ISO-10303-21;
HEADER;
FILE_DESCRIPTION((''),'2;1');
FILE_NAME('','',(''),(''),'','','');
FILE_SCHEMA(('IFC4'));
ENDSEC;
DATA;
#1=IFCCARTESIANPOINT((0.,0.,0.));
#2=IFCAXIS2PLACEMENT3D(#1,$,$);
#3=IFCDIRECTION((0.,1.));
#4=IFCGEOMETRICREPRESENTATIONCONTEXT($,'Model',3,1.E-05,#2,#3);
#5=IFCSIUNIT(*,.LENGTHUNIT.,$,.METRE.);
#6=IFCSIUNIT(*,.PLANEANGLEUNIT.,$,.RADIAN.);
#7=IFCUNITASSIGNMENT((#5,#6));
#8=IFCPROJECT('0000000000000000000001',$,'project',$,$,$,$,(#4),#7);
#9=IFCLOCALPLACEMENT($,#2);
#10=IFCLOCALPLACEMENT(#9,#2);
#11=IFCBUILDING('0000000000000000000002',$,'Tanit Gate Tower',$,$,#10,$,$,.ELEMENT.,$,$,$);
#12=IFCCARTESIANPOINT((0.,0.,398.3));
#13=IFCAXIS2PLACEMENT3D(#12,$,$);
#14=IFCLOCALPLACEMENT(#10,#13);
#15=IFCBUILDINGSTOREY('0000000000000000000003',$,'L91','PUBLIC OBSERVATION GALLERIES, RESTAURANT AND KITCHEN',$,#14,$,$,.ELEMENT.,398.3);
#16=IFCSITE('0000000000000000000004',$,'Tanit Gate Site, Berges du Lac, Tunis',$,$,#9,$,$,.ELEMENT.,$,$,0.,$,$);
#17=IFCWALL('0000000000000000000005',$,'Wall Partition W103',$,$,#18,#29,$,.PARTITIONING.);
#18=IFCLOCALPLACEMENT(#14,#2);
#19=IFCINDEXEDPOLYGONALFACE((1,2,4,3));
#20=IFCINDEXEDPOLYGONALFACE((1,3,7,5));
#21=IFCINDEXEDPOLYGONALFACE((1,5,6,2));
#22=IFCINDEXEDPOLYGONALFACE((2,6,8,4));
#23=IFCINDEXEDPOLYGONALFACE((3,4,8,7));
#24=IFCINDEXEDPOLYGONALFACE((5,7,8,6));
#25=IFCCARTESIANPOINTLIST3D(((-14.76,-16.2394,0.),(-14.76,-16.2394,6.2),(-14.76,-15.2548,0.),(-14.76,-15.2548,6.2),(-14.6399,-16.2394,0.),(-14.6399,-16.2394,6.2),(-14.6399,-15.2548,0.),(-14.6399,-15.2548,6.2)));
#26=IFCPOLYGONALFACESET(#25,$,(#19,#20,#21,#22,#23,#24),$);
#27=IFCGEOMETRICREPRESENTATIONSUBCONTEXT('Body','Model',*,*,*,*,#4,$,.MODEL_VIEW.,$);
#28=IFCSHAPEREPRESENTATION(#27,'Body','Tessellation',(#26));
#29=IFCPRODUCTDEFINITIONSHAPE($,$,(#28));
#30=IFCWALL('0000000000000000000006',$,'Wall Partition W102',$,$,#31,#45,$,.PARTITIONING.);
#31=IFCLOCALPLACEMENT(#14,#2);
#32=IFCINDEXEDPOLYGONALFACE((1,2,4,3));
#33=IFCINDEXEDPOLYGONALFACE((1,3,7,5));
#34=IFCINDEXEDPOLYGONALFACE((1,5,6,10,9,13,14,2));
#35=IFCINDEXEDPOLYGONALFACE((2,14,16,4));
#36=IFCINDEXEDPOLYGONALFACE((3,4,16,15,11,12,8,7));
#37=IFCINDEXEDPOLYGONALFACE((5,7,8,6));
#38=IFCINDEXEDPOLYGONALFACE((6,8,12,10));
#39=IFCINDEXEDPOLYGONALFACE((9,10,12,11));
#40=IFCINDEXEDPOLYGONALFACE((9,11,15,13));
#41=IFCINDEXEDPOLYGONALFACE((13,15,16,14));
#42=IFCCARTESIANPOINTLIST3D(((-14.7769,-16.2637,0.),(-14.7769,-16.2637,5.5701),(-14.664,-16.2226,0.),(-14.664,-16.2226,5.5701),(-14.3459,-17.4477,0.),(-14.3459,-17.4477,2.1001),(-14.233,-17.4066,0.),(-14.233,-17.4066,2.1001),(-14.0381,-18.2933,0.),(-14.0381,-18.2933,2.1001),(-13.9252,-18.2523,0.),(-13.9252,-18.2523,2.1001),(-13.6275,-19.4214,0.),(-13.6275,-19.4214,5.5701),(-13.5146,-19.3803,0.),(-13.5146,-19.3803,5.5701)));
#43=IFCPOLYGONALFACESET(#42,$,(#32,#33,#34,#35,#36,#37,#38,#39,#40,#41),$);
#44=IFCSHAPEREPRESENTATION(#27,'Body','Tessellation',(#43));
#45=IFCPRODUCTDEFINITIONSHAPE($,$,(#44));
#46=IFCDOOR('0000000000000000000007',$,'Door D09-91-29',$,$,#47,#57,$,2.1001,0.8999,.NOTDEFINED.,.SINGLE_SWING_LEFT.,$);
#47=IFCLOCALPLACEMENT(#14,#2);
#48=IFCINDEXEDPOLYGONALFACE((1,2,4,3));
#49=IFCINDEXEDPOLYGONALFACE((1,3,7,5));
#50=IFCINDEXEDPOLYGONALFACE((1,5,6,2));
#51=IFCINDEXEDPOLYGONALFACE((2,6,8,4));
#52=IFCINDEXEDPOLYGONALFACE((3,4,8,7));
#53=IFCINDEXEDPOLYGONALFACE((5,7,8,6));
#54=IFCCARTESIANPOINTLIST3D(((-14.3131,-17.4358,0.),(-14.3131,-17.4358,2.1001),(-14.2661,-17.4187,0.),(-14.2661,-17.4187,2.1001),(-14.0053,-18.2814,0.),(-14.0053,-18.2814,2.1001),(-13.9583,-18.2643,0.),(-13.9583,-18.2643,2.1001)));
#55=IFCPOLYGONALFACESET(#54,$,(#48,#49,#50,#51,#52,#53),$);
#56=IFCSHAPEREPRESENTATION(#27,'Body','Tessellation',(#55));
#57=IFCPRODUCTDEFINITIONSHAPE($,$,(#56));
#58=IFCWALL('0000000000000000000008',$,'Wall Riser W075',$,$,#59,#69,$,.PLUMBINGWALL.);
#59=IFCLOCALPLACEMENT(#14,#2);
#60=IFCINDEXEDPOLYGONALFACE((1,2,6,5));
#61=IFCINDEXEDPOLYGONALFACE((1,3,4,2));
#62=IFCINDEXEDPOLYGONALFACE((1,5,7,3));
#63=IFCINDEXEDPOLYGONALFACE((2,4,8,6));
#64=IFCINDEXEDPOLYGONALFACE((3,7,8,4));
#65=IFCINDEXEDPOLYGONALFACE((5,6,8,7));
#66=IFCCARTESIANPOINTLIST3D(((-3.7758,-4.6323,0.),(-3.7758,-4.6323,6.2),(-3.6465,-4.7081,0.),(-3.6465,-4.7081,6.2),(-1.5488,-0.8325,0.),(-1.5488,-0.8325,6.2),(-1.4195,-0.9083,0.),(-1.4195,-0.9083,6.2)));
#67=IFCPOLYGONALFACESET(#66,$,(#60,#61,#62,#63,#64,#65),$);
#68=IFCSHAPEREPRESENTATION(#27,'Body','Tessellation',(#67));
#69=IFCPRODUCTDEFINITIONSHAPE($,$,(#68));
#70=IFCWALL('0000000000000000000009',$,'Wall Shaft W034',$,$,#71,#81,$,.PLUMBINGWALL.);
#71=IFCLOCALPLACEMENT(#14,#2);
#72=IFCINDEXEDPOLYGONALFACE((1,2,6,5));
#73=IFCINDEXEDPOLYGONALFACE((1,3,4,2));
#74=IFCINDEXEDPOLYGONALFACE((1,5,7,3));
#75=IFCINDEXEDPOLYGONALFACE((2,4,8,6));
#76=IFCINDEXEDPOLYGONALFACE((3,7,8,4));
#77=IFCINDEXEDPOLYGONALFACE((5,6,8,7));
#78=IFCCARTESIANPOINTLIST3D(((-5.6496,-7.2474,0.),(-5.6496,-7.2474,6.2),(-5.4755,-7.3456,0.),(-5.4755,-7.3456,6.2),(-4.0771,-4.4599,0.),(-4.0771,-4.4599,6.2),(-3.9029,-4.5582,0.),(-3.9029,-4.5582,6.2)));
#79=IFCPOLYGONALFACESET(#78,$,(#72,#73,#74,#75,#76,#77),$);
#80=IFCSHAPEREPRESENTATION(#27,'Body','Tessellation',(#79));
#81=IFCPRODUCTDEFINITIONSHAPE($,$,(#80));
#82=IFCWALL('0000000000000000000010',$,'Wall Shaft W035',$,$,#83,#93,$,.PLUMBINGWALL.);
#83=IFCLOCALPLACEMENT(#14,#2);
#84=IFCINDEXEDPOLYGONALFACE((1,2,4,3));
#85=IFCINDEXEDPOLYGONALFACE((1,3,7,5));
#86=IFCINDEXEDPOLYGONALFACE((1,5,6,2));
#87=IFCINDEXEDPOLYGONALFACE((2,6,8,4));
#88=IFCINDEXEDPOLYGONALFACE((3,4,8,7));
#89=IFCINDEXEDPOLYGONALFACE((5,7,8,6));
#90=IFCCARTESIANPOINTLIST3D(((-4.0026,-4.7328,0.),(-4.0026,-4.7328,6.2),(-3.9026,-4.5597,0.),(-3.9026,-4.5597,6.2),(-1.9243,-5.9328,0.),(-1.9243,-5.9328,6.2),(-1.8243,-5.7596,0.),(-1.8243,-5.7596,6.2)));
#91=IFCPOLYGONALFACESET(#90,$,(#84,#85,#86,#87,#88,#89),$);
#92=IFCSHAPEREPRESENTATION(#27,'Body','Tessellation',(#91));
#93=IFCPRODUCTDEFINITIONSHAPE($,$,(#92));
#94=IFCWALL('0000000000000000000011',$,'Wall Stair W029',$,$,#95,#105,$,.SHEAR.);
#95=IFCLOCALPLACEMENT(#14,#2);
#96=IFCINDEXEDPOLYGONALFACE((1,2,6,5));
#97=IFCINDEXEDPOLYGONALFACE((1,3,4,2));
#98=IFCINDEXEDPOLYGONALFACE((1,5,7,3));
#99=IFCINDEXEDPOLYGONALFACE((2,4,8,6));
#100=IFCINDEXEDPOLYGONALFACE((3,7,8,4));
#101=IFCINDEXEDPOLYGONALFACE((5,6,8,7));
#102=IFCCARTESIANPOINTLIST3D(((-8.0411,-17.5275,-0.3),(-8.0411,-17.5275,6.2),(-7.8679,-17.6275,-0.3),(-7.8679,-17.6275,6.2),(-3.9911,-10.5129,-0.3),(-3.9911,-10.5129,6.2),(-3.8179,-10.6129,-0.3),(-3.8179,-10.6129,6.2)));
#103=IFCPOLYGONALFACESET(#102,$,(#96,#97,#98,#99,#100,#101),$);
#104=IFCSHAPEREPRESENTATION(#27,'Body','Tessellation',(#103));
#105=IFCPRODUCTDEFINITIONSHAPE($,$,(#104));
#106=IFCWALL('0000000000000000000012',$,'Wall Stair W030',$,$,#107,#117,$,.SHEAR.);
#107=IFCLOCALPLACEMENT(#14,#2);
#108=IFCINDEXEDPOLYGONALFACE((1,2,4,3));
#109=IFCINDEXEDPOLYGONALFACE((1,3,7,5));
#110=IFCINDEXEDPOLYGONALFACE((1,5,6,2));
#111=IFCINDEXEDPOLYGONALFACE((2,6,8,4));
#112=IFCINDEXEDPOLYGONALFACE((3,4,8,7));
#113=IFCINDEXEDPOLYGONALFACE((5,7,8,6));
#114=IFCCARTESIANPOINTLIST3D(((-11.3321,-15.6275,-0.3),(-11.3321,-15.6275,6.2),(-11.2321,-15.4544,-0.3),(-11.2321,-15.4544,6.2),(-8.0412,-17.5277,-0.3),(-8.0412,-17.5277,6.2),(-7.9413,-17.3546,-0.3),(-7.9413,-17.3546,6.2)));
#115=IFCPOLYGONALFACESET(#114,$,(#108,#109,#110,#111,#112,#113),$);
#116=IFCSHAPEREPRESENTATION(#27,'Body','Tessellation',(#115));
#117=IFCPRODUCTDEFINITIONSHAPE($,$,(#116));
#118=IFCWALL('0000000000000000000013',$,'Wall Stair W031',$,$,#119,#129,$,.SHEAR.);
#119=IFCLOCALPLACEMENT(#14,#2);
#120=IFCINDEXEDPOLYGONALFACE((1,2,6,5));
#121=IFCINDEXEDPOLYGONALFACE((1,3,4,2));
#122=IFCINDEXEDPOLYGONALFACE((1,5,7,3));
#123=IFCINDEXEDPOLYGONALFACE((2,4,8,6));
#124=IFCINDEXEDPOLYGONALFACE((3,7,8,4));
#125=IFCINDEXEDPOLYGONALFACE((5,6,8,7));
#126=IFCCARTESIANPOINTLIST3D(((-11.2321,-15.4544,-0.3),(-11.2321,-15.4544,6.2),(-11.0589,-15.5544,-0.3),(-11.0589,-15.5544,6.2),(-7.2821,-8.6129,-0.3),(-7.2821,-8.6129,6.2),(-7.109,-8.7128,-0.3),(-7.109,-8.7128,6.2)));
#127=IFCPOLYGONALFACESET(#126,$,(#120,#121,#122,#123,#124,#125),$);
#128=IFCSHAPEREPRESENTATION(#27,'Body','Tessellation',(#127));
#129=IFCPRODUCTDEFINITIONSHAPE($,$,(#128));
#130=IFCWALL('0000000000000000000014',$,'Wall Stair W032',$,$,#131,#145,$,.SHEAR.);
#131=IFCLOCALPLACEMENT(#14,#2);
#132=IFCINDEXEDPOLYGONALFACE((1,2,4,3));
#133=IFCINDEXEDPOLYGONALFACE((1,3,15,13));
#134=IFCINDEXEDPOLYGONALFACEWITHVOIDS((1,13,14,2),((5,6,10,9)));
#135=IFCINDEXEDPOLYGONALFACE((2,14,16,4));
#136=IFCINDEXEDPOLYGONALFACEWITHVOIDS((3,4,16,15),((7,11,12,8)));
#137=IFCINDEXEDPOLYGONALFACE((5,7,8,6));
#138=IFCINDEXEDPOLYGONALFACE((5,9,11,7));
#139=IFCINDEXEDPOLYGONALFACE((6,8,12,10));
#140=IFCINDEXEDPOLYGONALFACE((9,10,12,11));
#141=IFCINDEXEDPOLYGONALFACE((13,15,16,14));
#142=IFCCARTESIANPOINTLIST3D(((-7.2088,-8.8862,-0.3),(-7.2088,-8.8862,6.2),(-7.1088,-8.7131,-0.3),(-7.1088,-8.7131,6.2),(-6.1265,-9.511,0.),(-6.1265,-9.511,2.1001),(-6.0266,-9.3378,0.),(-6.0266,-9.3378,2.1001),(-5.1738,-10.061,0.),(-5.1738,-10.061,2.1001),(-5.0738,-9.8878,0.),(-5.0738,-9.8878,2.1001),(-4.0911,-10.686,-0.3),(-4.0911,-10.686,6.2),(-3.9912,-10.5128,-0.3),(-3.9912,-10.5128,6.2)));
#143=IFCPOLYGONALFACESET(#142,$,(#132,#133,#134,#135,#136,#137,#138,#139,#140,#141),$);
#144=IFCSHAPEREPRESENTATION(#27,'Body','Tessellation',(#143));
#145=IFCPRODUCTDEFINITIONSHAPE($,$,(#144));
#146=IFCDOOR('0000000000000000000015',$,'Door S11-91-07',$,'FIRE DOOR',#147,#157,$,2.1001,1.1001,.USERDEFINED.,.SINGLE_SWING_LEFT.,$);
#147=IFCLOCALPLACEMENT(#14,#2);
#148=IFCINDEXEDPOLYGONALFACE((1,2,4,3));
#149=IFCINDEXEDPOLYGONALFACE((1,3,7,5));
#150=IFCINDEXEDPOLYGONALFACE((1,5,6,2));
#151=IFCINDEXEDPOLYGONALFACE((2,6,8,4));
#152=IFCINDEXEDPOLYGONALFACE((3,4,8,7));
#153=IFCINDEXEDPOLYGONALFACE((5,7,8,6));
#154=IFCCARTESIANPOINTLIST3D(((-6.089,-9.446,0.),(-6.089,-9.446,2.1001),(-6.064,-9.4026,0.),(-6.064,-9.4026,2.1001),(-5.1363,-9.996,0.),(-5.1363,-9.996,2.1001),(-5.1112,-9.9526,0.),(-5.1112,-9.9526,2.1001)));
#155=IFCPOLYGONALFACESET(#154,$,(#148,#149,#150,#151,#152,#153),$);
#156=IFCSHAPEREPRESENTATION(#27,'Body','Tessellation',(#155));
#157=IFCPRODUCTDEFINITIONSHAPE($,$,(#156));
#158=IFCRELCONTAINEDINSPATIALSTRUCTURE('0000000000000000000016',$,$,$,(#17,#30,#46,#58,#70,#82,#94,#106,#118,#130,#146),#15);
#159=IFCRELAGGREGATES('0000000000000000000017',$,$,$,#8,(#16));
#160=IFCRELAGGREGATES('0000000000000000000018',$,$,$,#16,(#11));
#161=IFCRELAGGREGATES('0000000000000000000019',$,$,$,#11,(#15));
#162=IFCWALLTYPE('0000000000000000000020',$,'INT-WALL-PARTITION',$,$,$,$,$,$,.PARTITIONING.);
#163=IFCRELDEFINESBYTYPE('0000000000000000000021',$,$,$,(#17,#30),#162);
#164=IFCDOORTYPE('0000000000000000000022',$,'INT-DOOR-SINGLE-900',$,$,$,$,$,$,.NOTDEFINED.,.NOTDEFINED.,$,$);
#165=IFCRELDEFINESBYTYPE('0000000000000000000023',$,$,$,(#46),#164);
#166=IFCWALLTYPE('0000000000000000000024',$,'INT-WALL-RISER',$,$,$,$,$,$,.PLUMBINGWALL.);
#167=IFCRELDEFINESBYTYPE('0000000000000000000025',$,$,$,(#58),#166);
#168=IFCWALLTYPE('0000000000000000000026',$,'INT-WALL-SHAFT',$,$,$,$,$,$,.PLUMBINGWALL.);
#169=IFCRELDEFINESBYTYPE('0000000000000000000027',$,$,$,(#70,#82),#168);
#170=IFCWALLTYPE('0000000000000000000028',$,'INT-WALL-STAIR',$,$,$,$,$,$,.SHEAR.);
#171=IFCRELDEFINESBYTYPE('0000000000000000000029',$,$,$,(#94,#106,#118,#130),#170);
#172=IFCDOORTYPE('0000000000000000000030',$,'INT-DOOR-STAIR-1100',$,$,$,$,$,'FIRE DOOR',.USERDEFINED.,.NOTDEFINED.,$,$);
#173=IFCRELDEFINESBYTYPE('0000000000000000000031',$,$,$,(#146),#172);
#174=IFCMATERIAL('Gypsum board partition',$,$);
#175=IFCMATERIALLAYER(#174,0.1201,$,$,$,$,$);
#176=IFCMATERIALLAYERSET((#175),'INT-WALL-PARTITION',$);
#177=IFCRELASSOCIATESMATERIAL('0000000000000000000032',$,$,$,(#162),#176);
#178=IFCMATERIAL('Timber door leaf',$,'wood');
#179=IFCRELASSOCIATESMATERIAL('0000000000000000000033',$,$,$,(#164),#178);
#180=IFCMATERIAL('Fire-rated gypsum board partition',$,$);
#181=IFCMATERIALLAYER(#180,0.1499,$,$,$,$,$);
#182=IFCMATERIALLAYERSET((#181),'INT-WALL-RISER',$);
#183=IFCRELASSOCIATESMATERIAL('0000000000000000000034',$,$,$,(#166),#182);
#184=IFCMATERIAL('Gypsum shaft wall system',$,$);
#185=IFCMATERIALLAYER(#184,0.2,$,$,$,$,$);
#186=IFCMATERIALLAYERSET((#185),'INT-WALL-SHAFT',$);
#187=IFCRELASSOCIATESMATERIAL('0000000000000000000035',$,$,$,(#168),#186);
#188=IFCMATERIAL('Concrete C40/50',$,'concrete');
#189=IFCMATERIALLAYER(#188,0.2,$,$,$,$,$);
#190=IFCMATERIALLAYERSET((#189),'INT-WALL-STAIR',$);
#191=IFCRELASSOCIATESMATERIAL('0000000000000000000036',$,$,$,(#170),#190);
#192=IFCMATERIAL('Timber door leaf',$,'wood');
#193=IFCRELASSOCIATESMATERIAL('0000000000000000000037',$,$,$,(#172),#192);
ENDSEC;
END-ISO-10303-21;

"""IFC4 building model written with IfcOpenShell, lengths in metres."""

from ifc_helpers import new_model, si_unit, direction, frame, frame_2d, origin, place, context, subcontext, project, spatial, rectangle, extrude, material, layer, layer_set, type_object, element, fill, save


model = new_model("IFC4")

# Units and contexts
model_context = context("Model", 3, precision=1e-05, world=origin(), true_north=direction((0.0, 1.0)))
body_context = subcontext(model_context, "Body", "Model", "MODEL_VIEW")
ifc_project = project(units=[si_unit("LENGTHUNIT", "METRE"), si_unit("PLANEANGLEUNIT", "RADIAN")], contexts=[model_context])

# Site, building, storey
site_placement = place(None, origin())
site = spatial("IfcSite", under=ifc_project, at=site_placement, Name="Tanit Gate Site, Berges du Lac, Tunis", CompositionType="ELEMENT", RefElevation=0.0)
building_placement = place(site_placement, origin())
building = spatial("IfcBuilding", under=site, at=building_placement, Name="Tanit Gate Tower", CompositionType="ELEMENT")
storey_placement = place(building_placement, frame((0.0, 0.0, 398.3)))
storey = spatial("IfcBuildingStorey", under=building, at=storey_placement, Name="L91", Description="PUBLIC OBSERVATION GALLERIES, RESTAURANT AND KITCHEN", CompositionType="ELEMENT", Elevation=398.3)

# Shared definitions
ifc_material_1 = material(Name="Gypsum board partition")
ifc_layer_1 = layer(ifc_material_1, 0.1201)
ifc_layer_set_1 = layer_set([ifc_layer_1], Name="INT-WALL-PARTITION")
wall_type_1 = type_object("IfcWallType", Name="INT-WALL-PARTITION", PredefinedType="PARTITIONING", material=ifc_layer_set_1)
ifc_material_2 = material(Name="Timber door leaf", Category="wood")
door_type_1 = type_object("IfcDoorType", Name="INT-DOOR-SINGLE-900", OperationType="NOTDEFINED", PredefinedType="NOTDEFINED", material=ifc_material_2)

# Wall
wall_1_placement = place(storey_placement, frame((-14.7, -15.2549, 0.0), z_axis=(0.0, 0.0, 1.0), x_axis=(0.0, -1.0, 0.0)))
element("IfcWall", 1, at=wall_1_placement, inside=storey, type_object=wall_type_1, Name="Wall Partition W103", PredefinedType="PARTITIONING", context=body_context, shape_type="SweptSolid", body=[
    extrude(rectangle(XDim=0.9846, YDim=0.1201, at=frame_2d((0.4922, 0.0))), origin(), (0.0, 0.0, 1.0), 6.2),
])

# Wall, opening, door
wall_2_placement = place(storey_placement, frame((-14.7205, -16.2432, 0.0), z_axis=(0.0, 0.0, 1.0), x_axis=(0.342046, -0.939683, 0.0)))
wall_2 = element("IfcWall", 2, at=wall_2_placement, inside=storey, type_object=wall_type_1, Name="Wall Partition W102", PredefinedType="PARTITIONING", context=body_context, shape_type="SweptSolid", body=[
    extrude(rectangle(XDim=3.3604, YDim=0.1201, at=frame_2d((1.6802, 0.0))), origin(), (0.0, 0.0, 1.0), 5.5701),
])
opening_1_placement = place(wall_2_placement, frame((1.26, 0.0, 0.0)))
opening_1 = element("IfcOpeningElement", 3, at=opening_1_placement, cuts=wall_2, PredefinedType="OPENING", context=body_context, shape_type="SweptSolid", body=[
    extrude(rectangle(XDim=0.8999, YDim=2.1001, at=frame_2d((0.45, 1.05))), frame((0.0, 0.0701, 0.0), z_axis=(0.0, -1.0, 0.0), x_axis=(1.0, 0.0, 0.0)), (0.0, 0.0, 1.0), 0.1401),
])
door_1_placement = place(opening_1_placement, origin())
door_1 = element("IfcDoor", 4, at=door_1_placement, inside=storey, type_object=door_type_1, Name="Door D09-91-29", OperationType="SINGLE_SWING_LEFT", OverallHeight=2.1001, OverallWidth=0.8999, PredefinedType="NOTDEFINED", context=body_context, shape_type="SweptSolid", body=[
    extrude(rectangle(XDim=0.8999, YDim=2.1001, at=frame_2d((0.45, 1.05))), frame((0.0, 0.0249, 0.0), z_axis=(0.0, -1.0, 0.0), x_axis=(1.0, 0.0, 0.0)), (0.0, 0.0, 1.0), 0.05),
])
fill(opening_1, door_1)

# Wall
ifc_material_3 = material(Name="Fire-rated gypsum board partition")
ifc_layer_2 = layer(ifc_material_3, 0.1499)
ifc_layer_set_2 = layer_set([ifc_layer_2], Name="INT-WALL-RISER")
wall_type_2 = type_object("IfcWallType", Name="INT-WALL-RISER", PredefinedType="PLUMBINGWALL", material=ifc_layer_set_2)
wall_3_placement = place(storey_placement, frame((-3.7112, -4.6702, 0.0), z_axis=(0.0, 0.0, 1.0), x_axis=(0.505648, 0.86274, 0.0)))
element("IfcWall", 5, at=wall_3_placement, inside=storey, type_object=wall_type_2, Name="Wall Riser W075", PredefinedType="PLUMBINGWALL", context=body_context, shape_type="SweptSolid", body=[
    extrude(rectangle(XDim=4.4043, YDim=0.1499, at=frame_2d((2.2021, 0.0))), origin(), (0.0, 0.0, 1.0), 6.2),
])

# Shared definitions
ifc_material_4 = material(Name="Gypsum shaft wall system")
ifc_layer_3 = layer(ifc_material_4, 0.2)
ifc_layer_set_3 = layer_set([ifc_layer_3], Name="INT-WALL-SHAFT")
wall_type_3 = type_object("IfcWallType", Name="INT-WALL-SHAFT", PredefinedType="PLUMBINGWALL", material=ifc_layer_set_3)

# Walls
wall_4_placement = place(storey_placement, frame((-5.5625, -7.2964, 0.0), z_axis=(0.0, 0.0, 1.0), x_axis=(0.491358, 0.870958, 0.0)))
element("IfcWall", 6, at=wall_4_placement, inside=storey, type_object=wall_type_3, Name="Wall Shaft W034", PredefinedType="PLUMBINGWALL", context=body_context, shape_type="SweptSolid", body=[
    extrude(rectangle(XDim=3.2004, YDim=0.2, at=frame_2d((1.6001, 0.0))), origin(), (0.0, 0.0, 1.0), 6.2),
])
wall_5_placement = place(storey_placement, frame((-3.9526, -4.6462, 0.0), z_axis=(0.0, 0.0, 1.0), x_axis=(0.866025, -0.500001, 0.0)))
element("IfcWall", 7, at=wall_5_placement, inside=storey, type_object=wall_type_3, Name="Wall Shaft W035", PredefinedType="PLUMBINGWALL", context=body_context, shape_type="SweptSolid", body=[
    extrude(rectangle(XDim=2.3999, YDim=0.2, at=frame_2d((1.2, 0.0))), origin(), (0.0, 0.0, 1.0), 6.2),
])
ifc_material_5 = material(Name="Concrete C40/50", Category="concrete")
ifc_layer_4 = layer(ifc_material_5, 0.2)
ifc_layer_set_4 = layer_set([ifc_layer_4], Name="INT-WALL-STAIR")
wall_type_4 = type_object("IfcWallType", Name="INT-WALL-STAIR", PredefinedType="SHEAR", material=ifc_layer_set_4)
wall_6_placement = place(storey_placement, frame((-3.9045, -10.563, -0.3), z_axis=(0.0, 0.0, 1.0), x_axis=(-0.500013, -0.866018, 0.0)))
element("IfcWall", 8, at=wall_6_placement, inside=storey, type_object=wall_type_4, Name="Wall Stair W029", PredefinedType="SHEAR", context=body_context, shape_type="SweptSolid", body=[
    extrude(rectangle(XDim=8.0999, YDim=0.2, at=frame_2d((4.0498, 0.0))), origin(), (0.0, 0.0, 1.0), 6.5),
])
wall_7_placement = place(storey_placement, frame((-11.282, -15.541, -0.3), z_axis=(0.0, 0.0, 1.0), x_axis=(0.866, -0.500043, 0.0)))
element("IfcWall", 9, at=wall_7_placement, inside=storey, type_object=wall_type_4, Name="Wall Stair W030", PredefinedType="SHEAR", context=body_context, shape_type="SweptSolid", body=[
    extrude(rectangle(XDim=3.8, YDim=0.2, at=frame_2d((1.8999, 0.0))), origin(), (0.0, 0.0, 1.0), 6.5),
])
wall_8_placement = place(storey_placement, frame((-7.1956, -8.6628, -0.3), z_axis=(0.0, 0.0, 1.0), x_axis=(-0.499998, -0.866027, 0.0)))
element("IfcWall", 10, at=wall_8_placement, inside=storey, type_object=wall_type_4, Name="Wall Stair W031", PredefinedType="SHEAR", context=body_context, shape_type="SweptSolid", body=[
    extrude(rectangle(XDim=7.8999, YDim=0.2, at=frame_2d((3.95, 0.0))), origin(), (0.0, 0.0, 1.0), 6.5),
])

# Wall, opening, door
wall_9_placement = place(storey_placement, frame((-4.0413, -10.5994, -0.3), z_axis=(0.0, 0.0, 1.0), x_axis=(-0.866048, 0.499961, 0.0)))
wall_9 = element("IfcWall", 11, at=wall_9_placement, inside=storey, type_object=wall_type_4, Name="Wall Stair W032", PredefinedType="SHEAR", context=body_context, shape_type="SweptSolid", body=[
    extrude(rectangle(XDim=3.5999, YDim=0.2, at=frame_2d((1.7998, 0.0))), origin(), (0.0, 0.0, 1.0), 6.5),
])
opening_2_placement = place(wall_9_placement, frame((1.25, 0.0, 0.3)))
opening_2 = element("IfcOpeningElement", 12, at=opening_2_placement, cuts=wall_9, PredefinedType="OPENING", context=body_context, shape_type="SweptSolid", body=[
    extrude(rectangle(XDim=1.1001, YDim=2.1001, at=frame_2d((0.55, 1.05))), frame((0.0, 0.1099, 0.0), z_axis=(0.0, -1.0, 0.0), x_axis=(1.0, 0.0, 0.0)), (0.0, 0.0, 1.0), 0.22),
])
ifc_material_6 = material(Name="Timber door leaf", Category="wood")
door_type_2 = type_object("IfcDoorType", Name="INT-DOOR-STAIR-1100", ElementType="FIRE DOOR", OperationType="NOTDEFINED", PredefinedType="USERDEFINED", material=ifc_material_6)
door_2_placement = place(opening_2_placement, origin())
door_2 = element("IfcDoor", 13, at=door_2_placement, inside=storey, type_object=door_type_2, Name="Door S11-91-07", ObjectType="FIRE DOOR", OperationType="SINGLE_SWING_LEFT", OverallHeight=2.1001, OverallWidth=1.1001, PredefinedType="USERDEFINED", context=body_context, shape_type="SweptSolid", body=[
    extrude(rectangle(XDim=1.1001, YDim=2.1001, at=frame_2d((0.55, 1.05))), frame((0.0, 0.0249, 0.0), z_axis=(0.0, -1.0, 0.0), x_axis=(1.0, 0.0, 0.0)), (0.0, 0.0, 1.0), 0.05),
])
fill(opening_2, door_2)

save(model, "model.ifc")
